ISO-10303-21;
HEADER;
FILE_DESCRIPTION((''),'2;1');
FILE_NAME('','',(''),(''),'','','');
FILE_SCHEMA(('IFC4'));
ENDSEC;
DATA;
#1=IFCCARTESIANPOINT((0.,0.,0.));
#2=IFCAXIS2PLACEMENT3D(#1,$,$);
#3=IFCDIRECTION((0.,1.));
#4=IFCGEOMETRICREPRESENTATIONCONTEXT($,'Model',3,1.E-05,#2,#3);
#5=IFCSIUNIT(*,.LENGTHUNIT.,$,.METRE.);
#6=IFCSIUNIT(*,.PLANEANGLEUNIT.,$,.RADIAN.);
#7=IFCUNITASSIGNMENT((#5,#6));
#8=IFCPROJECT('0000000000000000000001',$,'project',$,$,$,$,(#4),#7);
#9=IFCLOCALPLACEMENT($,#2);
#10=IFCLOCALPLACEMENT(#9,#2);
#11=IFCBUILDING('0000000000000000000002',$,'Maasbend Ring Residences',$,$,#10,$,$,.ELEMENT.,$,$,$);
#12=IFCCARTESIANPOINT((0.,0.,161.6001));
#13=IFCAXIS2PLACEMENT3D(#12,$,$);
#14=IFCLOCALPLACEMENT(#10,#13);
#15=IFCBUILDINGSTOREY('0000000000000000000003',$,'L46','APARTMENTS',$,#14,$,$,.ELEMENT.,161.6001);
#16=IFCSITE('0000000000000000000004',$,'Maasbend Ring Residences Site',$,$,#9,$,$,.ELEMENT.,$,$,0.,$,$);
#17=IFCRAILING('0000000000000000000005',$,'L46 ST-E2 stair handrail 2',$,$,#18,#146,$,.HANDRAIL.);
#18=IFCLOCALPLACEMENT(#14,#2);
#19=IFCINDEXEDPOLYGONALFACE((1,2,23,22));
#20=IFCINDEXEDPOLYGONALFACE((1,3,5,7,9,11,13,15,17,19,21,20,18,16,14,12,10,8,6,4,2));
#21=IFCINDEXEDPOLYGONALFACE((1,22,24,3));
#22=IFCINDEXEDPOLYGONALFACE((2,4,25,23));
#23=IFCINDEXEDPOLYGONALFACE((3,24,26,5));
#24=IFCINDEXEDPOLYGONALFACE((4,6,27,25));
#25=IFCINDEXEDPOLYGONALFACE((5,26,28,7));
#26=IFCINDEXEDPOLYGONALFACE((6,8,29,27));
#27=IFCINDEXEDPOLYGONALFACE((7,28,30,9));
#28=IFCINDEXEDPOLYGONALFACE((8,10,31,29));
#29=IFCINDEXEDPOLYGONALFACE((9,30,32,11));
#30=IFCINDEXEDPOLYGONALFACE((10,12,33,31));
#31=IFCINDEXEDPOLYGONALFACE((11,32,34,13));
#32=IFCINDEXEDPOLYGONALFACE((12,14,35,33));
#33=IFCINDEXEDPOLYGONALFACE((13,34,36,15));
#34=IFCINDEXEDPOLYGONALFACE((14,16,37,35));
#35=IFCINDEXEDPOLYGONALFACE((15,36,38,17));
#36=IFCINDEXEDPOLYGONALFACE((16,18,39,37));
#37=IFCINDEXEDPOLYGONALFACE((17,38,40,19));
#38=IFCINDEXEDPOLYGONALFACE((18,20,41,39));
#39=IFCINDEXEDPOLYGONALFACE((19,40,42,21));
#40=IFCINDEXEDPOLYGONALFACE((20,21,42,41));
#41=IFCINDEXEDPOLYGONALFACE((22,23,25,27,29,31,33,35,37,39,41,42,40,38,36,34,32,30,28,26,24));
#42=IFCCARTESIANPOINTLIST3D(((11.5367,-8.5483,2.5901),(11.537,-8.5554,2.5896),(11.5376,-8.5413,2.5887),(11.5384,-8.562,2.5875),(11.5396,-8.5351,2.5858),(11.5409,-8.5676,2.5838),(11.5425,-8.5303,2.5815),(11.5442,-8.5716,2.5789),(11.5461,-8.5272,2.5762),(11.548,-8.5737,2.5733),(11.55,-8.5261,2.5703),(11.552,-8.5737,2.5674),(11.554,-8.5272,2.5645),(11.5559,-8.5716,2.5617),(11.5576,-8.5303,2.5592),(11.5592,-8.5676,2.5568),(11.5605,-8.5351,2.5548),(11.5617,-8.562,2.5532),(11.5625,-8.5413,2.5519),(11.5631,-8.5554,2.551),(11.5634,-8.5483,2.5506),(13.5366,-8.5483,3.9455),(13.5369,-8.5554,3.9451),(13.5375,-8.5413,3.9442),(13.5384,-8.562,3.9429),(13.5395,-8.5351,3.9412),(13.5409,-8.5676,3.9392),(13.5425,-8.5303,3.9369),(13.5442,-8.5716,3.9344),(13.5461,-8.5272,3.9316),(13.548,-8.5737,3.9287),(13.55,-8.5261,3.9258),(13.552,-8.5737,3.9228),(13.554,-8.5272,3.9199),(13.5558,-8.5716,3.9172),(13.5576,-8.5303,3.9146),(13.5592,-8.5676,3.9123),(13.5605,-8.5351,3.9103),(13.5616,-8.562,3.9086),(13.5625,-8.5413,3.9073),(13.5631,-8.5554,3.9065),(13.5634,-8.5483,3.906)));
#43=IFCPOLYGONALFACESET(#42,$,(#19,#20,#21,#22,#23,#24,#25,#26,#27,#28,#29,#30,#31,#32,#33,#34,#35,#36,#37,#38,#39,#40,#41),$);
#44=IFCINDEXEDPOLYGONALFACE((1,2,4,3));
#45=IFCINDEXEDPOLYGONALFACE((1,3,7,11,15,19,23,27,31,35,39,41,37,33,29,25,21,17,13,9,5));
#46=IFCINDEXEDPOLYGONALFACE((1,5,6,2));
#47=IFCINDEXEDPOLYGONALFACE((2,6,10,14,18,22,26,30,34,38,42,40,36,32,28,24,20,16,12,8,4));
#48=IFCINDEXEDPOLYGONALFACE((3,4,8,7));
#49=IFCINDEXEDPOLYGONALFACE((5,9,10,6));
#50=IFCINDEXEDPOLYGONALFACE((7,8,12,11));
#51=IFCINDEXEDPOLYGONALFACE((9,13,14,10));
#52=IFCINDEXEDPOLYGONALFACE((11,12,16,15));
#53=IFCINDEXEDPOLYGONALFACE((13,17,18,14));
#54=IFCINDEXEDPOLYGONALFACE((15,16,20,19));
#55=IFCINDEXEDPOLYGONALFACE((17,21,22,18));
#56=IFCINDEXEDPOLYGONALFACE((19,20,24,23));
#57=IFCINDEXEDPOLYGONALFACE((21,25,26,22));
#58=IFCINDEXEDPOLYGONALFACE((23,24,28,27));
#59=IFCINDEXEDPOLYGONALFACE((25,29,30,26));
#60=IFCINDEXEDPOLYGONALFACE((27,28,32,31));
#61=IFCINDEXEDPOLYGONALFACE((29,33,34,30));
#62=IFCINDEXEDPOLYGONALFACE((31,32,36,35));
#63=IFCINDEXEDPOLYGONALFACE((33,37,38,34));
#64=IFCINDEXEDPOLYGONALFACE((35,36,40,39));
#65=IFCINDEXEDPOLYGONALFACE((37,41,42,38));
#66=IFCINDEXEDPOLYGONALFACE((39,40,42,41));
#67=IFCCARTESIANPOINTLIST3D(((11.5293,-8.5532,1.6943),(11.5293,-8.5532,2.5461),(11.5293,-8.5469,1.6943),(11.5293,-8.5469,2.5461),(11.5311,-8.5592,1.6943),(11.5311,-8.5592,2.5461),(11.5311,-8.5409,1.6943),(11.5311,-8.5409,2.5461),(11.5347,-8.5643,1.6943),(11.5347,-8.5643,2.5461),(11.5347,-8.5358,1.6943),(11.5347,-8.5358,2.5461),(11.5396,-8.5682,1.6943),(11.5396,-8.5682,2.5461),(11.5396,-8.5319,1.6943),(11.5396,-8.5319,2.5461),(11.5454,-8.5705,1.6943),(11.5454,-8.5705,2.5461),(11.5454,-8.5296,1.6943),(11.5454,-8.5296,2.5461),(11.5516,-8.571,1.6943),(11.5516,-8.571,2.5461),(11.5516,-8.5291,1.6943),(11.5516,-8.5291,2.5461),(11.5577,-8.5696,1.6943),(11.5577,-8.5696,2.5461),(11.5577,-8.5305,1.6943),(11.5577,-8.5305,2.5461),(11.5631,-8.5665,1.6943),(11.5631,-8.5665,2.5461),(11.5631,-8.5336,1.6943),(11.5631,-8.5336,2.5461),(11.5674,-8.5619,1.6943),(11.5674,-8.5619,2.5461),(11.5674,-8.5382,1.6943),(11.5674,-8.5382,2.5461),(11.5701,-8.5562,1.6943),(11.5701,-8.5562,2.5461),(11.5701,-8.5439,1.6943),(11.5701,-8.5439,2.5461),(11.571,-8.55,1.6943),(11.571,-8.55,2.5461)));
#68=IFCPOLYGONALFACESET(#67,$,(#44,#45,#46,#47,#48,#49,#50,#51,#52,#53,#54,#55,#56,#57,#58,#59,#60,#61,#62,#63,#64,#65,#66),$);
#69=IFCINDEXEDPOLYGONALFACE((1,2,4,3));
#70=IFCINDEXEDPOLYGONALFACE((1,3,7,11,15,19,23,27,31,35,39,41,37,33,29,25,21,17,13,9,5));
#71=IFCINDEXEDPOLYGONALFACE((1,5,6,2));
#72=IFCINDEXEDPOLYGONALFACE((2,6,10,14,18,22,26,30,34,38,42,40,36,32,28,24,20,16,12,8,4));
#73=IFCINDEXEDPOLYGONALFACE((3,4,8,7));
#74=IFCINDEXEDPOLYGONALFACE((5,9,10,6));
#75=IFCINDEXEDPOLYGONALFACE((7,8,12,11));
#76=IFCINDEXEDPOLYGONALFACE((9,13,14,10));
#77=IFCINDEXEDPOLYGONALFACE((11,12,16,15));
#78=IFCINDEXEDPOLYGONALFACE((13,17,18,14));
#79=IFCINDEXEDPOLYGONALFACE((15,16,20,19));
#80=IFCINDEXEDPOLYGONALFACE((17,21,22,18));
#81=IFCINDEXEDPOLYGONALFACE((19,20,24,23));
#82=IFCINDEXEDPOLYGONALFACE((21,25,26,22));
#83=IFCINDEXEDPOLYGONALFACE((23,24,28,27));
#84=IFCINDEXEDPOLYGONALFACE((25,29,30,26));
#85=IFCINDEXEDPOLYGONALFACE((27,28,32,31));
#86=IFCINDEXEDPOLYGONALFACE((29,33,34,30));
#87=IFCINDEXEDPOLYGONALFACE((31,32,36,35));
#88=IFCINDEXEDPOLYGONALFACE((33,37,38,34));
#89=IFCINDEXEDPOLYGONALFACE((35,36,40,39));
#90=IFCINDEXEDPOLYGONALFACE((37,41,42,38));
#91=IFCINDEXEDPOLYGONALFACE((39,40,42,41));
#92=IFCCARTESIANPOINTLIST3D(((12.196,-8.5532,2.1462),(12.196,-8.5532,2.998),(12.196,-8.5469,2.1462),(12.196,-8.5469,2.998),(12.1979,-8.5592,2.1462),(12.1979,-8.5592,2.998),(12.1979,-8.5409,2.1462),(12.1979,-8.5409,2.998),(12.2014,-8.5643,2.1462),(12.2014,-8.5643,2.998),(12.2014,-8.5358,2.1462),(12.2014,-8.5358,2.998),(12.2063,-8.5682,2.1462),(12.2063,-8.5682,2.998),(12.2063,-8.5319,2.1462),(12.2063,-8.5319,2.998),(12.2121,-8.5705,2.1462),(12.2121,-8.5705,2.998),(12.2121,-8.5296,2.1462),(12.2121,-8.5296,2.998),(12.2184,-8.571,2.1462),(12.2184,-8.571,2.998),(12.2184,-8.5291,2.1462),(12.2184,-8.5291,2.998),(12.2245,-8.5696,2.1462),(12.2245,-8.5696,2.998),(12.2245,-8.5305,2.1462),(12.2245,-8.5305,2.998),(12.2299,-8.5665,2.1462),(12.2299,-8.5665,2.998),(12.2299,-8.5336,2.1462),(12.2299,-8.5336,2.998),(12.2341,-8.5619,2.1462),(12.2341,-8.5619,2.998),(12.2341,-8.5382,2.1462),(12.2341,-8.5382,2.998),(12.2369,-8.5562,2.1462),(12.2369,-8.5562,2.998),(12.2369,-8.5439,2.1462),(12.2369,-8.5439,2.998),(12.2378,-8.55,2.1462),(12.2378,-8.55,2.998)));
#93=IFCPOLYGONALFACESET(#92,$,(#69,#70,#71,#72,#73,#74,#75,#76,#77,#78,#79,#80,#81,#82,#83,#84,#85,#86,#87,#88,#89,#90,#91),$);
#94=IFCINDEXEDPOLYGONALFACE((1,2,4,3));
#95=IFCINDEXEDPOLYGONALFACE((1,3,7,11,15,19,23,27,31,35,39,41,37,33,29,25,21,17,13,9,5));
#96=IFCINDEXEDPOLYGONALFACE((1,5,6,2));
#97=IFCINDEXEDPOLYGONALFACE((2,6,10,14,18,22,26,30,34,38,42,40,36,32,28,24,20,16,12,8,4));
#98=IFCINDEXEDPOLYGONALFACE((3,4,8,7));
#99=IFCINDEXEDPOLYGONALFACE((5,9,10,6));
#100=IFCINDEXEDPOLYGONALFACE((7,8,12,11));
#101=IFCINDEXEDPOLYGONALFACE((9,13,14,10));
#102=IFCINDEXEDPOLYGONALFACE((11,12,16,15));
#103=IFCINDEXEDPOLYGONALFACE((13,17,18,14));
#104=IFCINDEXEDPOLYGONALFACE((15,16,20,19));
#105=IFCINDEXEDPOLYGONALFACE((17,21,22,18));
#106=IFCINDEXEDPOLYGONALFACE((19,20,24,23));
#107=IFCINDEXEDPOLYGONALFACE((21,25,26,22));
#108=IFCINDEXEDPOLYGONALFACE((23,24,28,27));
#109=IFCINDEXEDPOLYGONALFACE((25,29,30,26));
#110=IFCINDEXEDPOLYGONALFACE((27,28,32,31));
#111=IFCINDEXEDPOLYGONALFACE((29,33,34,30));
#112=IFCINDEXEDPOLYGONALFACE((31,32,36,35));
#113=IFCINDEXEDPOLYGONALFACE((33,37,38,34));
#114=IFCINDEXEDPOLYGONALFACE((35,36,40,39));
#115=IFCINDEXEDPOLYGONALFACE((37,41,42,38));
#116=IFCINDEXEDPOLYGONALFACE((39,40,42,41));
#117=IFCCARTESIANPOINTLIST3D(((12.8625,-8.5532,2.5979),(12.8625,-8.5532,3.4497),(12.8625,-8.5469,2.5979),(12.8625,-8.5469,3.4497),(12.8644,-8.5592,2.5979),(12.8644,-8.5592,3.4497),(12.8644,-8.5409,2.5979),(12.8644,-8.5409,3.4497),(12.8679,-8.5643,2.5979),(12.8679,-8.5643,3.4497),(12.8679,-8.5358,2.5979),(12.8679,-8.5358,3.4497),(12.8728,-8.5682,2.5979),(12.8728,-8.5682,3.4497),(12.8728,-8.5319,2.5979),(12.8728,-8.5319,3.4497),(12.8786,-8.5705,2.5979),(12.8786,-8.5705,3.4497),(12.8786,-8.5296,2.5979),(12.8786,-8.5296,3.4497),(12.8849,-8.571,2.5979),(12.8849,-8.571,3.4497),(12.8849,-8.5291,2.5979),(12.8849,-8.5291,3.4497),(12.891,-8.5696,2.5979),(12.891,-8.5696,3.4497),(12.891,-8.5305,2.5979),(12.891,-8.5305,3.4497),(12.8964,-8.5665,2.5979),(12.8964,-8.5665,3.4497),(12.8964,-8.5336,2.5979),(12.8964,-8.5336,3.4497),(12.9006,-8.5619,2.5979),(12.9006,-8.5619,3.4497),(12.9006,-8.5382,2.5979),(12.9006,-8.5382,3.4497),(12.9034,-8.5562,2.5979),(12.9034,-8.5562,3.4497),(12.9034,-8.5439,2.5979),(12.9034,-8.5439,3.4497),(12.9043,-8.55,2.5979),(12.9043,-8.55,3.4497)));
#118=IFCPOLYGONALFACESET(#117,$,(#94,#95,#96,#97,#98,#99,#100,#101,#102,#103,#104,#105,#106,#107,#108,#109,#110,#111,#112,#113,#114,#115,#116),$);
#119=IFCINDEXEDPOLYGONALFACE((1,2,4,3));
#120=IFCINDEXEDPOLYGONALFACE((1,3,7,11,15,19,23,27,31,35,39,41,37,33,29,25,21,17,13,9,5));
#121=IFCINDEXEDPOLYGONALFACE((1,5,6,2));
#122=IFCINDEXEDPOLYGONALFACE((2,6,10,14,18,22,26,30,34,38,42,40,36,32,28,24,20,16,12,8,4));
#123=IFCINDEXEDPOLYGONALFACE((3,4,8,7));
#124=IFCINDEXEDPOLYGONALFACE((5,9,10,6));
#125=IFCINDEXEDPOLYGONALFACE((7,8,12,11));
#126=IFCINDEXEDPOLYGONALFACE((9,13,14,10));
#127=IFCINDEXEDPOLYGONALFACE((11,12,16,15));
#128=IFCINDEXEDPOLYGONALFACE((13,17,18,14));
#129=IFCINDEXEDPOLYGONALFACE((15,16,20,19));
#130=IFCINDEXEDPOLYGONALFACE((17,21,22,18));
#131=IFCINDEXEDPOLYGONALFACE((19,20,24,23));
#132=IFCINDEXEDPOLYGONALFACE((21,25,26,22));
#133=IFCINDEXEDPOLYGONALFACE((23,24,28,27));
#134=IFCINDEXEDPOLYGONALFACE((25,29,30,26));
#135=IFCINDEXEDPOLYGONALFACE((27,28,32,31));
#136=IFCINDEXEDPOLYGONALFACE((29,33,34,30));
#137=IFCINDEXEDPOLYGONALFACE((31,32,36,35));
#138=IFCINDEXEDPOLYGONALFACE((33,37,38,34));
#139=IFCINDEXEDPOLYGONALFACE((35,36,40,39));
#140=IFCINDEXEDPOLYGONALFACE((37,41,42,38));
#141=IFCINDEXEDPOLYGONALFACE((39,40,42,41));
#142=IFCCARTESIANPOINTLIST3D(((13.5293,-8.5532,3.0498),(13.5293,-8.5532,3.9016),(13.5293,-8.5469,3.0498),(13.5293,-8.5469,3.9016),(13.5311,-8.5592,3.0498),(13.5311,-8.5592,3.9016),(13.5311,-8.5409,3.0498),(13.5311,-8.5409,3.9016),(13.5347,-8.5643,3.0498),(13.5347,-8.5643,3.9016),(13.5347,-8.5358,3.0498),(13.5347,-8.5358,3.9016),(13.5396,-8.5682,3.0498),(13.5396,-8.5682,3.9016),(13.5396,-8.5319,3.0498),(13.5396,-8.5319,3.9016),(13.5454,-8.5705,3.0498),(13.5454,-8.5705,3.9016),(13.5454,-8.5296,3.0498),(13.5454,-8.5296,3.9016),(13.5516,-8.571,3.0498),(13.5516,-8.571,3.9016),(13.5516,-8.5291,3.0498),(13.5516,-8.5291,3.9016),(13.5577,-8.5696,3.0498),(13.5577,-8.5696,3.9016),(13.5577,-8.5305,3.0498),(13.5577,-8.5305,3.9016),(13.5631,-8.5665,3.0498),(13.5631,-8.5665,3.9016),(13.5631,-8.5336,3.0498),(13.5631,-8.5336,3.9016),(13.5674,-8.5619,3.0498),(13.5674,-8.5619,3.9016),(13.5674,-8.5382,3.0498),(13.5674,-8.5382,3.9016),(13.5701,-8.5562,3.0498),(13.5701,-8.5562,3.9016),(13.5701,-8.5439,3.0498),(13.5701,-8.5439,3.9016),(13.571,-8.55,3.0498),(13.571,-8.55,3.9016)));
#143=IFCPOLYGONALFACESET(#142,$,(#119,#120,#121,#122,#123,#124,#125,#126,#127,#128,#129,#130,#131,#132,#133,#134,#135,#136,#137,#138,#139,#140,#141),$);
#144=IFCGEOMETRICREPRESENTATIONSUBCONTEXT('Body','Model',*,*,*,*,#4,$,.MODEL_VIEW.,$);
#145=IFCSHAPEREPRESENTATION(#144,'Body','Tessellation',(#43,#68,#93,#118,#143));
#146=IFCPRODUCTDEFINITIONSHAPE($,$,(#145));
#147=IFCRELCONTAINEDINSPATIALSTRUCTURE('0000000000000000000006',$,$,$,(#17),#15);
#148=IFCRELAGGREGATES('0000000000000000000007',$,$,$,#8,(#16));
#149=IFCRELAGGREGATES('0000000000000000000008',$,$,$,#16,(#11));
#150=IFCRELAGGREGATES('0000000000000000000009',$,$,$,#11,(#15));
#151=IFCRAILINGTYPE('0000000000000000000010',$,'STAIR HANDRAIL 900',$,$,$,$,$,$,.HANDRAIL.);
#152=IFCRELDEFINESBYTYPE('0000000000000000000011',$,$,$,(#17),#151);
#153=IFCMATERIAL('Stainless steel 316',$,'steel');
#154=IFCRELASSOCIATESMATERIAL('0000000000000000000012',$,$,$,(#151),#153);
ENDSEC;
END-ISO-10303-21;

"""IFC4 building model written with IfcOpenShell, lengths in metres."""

from ifc_helpers import new_model, si_unit, direction, frame, origin, origin_2d, place, context, subcontext, project, spatial, circle, extrude, material, type_object, element, save


model = new_model("IFC4")

# Units and contexts
model_context = context("Model", 3, precision=1e-05, world=origin(), true_north=direction((0.0, 1.0)))
body_context = subcontext(model_context, "Body", "Model", "MODEL_VIEW")
ifc_project = project(units=[si_unit("LENGTHUNIT", "METRE"), si_unit("PLANEANGLEUNIT", "RADIAN")], contexts=[model_context])

# Site, building, storey
site_placement = place(None, origin())
site = spatial("IfcSite", under=ifc_project, at=site_placement, Name="Maasbend Ring Residences Site", CompositionType="ELEMENT", RefElevation=0.0)
building_placement = place(site_placement, origin())
building = spatial("IfcBuilding", under=site, at=building_placement, Name="Maasbend Ring Residences", CompositionType="ELEMENT")
storey_placement = place(building_placement, frame((0.0, 0.0, 161.6001)))
storey = spatial("IfcBuildingStorey", under=building, at=storey_placement, Name="L46", Description="APARTMENTS", CompositionType="ELEMENT", Elevation=161.6001)

# Railing
ifc_material_1 = material(Name="Stainless steel 316", Category="steel")
railing_type_1 = type_object("IfcRailingType", Name="STAIR HANDRAIL 900", PredefinedType="HANDRAIL", material=ifc_material_1)
railing_1_placement = place(storey_placement, frame((11.55, -8.55, 1.6943)))
element("IfcRailing", 1, at=railing_1_placement, inside=storey, type_object=railing_type_1, Name="L46 ST-E2 stair handrail 2", PredefinedType="HANDRAIL", context=body_context, shape_type="SweptSolid", body=[
    extrude(circle(Radius=0.0239, at=origin_2d()), frame((0.0, 0.0, 0.876), z_axis=(0.827798, 0.0, 0.561027), x_axis=(0.0, 1.0, 0.0)), (0.0, 0.0, 1.0), 2.416),
    extrude(circle(Radius=0.021, at=origin_2d()), origin(), (0.0, 0.0, 1.0), 0.8518),
    extrude(circle(Radius=0.021, at=origin_2d()), frame((0.6667, 0.0, 0.4519)), (0.0, 0.0, 1.0), 0.8518),
    extrude(circle(Radius=0.021, at=origin_2d()), frame((1.3333, 0.0, 0.9036)), (0.0, 0.0, 1.0), 0.8518),
    extrude(circle(Radius=0.021, at=origin_2d()), frame((2.0, 0.0, 1.3555)), (0.0, 0.0, 1.0), 0.8518),
])

save(model, "model.ifc")
